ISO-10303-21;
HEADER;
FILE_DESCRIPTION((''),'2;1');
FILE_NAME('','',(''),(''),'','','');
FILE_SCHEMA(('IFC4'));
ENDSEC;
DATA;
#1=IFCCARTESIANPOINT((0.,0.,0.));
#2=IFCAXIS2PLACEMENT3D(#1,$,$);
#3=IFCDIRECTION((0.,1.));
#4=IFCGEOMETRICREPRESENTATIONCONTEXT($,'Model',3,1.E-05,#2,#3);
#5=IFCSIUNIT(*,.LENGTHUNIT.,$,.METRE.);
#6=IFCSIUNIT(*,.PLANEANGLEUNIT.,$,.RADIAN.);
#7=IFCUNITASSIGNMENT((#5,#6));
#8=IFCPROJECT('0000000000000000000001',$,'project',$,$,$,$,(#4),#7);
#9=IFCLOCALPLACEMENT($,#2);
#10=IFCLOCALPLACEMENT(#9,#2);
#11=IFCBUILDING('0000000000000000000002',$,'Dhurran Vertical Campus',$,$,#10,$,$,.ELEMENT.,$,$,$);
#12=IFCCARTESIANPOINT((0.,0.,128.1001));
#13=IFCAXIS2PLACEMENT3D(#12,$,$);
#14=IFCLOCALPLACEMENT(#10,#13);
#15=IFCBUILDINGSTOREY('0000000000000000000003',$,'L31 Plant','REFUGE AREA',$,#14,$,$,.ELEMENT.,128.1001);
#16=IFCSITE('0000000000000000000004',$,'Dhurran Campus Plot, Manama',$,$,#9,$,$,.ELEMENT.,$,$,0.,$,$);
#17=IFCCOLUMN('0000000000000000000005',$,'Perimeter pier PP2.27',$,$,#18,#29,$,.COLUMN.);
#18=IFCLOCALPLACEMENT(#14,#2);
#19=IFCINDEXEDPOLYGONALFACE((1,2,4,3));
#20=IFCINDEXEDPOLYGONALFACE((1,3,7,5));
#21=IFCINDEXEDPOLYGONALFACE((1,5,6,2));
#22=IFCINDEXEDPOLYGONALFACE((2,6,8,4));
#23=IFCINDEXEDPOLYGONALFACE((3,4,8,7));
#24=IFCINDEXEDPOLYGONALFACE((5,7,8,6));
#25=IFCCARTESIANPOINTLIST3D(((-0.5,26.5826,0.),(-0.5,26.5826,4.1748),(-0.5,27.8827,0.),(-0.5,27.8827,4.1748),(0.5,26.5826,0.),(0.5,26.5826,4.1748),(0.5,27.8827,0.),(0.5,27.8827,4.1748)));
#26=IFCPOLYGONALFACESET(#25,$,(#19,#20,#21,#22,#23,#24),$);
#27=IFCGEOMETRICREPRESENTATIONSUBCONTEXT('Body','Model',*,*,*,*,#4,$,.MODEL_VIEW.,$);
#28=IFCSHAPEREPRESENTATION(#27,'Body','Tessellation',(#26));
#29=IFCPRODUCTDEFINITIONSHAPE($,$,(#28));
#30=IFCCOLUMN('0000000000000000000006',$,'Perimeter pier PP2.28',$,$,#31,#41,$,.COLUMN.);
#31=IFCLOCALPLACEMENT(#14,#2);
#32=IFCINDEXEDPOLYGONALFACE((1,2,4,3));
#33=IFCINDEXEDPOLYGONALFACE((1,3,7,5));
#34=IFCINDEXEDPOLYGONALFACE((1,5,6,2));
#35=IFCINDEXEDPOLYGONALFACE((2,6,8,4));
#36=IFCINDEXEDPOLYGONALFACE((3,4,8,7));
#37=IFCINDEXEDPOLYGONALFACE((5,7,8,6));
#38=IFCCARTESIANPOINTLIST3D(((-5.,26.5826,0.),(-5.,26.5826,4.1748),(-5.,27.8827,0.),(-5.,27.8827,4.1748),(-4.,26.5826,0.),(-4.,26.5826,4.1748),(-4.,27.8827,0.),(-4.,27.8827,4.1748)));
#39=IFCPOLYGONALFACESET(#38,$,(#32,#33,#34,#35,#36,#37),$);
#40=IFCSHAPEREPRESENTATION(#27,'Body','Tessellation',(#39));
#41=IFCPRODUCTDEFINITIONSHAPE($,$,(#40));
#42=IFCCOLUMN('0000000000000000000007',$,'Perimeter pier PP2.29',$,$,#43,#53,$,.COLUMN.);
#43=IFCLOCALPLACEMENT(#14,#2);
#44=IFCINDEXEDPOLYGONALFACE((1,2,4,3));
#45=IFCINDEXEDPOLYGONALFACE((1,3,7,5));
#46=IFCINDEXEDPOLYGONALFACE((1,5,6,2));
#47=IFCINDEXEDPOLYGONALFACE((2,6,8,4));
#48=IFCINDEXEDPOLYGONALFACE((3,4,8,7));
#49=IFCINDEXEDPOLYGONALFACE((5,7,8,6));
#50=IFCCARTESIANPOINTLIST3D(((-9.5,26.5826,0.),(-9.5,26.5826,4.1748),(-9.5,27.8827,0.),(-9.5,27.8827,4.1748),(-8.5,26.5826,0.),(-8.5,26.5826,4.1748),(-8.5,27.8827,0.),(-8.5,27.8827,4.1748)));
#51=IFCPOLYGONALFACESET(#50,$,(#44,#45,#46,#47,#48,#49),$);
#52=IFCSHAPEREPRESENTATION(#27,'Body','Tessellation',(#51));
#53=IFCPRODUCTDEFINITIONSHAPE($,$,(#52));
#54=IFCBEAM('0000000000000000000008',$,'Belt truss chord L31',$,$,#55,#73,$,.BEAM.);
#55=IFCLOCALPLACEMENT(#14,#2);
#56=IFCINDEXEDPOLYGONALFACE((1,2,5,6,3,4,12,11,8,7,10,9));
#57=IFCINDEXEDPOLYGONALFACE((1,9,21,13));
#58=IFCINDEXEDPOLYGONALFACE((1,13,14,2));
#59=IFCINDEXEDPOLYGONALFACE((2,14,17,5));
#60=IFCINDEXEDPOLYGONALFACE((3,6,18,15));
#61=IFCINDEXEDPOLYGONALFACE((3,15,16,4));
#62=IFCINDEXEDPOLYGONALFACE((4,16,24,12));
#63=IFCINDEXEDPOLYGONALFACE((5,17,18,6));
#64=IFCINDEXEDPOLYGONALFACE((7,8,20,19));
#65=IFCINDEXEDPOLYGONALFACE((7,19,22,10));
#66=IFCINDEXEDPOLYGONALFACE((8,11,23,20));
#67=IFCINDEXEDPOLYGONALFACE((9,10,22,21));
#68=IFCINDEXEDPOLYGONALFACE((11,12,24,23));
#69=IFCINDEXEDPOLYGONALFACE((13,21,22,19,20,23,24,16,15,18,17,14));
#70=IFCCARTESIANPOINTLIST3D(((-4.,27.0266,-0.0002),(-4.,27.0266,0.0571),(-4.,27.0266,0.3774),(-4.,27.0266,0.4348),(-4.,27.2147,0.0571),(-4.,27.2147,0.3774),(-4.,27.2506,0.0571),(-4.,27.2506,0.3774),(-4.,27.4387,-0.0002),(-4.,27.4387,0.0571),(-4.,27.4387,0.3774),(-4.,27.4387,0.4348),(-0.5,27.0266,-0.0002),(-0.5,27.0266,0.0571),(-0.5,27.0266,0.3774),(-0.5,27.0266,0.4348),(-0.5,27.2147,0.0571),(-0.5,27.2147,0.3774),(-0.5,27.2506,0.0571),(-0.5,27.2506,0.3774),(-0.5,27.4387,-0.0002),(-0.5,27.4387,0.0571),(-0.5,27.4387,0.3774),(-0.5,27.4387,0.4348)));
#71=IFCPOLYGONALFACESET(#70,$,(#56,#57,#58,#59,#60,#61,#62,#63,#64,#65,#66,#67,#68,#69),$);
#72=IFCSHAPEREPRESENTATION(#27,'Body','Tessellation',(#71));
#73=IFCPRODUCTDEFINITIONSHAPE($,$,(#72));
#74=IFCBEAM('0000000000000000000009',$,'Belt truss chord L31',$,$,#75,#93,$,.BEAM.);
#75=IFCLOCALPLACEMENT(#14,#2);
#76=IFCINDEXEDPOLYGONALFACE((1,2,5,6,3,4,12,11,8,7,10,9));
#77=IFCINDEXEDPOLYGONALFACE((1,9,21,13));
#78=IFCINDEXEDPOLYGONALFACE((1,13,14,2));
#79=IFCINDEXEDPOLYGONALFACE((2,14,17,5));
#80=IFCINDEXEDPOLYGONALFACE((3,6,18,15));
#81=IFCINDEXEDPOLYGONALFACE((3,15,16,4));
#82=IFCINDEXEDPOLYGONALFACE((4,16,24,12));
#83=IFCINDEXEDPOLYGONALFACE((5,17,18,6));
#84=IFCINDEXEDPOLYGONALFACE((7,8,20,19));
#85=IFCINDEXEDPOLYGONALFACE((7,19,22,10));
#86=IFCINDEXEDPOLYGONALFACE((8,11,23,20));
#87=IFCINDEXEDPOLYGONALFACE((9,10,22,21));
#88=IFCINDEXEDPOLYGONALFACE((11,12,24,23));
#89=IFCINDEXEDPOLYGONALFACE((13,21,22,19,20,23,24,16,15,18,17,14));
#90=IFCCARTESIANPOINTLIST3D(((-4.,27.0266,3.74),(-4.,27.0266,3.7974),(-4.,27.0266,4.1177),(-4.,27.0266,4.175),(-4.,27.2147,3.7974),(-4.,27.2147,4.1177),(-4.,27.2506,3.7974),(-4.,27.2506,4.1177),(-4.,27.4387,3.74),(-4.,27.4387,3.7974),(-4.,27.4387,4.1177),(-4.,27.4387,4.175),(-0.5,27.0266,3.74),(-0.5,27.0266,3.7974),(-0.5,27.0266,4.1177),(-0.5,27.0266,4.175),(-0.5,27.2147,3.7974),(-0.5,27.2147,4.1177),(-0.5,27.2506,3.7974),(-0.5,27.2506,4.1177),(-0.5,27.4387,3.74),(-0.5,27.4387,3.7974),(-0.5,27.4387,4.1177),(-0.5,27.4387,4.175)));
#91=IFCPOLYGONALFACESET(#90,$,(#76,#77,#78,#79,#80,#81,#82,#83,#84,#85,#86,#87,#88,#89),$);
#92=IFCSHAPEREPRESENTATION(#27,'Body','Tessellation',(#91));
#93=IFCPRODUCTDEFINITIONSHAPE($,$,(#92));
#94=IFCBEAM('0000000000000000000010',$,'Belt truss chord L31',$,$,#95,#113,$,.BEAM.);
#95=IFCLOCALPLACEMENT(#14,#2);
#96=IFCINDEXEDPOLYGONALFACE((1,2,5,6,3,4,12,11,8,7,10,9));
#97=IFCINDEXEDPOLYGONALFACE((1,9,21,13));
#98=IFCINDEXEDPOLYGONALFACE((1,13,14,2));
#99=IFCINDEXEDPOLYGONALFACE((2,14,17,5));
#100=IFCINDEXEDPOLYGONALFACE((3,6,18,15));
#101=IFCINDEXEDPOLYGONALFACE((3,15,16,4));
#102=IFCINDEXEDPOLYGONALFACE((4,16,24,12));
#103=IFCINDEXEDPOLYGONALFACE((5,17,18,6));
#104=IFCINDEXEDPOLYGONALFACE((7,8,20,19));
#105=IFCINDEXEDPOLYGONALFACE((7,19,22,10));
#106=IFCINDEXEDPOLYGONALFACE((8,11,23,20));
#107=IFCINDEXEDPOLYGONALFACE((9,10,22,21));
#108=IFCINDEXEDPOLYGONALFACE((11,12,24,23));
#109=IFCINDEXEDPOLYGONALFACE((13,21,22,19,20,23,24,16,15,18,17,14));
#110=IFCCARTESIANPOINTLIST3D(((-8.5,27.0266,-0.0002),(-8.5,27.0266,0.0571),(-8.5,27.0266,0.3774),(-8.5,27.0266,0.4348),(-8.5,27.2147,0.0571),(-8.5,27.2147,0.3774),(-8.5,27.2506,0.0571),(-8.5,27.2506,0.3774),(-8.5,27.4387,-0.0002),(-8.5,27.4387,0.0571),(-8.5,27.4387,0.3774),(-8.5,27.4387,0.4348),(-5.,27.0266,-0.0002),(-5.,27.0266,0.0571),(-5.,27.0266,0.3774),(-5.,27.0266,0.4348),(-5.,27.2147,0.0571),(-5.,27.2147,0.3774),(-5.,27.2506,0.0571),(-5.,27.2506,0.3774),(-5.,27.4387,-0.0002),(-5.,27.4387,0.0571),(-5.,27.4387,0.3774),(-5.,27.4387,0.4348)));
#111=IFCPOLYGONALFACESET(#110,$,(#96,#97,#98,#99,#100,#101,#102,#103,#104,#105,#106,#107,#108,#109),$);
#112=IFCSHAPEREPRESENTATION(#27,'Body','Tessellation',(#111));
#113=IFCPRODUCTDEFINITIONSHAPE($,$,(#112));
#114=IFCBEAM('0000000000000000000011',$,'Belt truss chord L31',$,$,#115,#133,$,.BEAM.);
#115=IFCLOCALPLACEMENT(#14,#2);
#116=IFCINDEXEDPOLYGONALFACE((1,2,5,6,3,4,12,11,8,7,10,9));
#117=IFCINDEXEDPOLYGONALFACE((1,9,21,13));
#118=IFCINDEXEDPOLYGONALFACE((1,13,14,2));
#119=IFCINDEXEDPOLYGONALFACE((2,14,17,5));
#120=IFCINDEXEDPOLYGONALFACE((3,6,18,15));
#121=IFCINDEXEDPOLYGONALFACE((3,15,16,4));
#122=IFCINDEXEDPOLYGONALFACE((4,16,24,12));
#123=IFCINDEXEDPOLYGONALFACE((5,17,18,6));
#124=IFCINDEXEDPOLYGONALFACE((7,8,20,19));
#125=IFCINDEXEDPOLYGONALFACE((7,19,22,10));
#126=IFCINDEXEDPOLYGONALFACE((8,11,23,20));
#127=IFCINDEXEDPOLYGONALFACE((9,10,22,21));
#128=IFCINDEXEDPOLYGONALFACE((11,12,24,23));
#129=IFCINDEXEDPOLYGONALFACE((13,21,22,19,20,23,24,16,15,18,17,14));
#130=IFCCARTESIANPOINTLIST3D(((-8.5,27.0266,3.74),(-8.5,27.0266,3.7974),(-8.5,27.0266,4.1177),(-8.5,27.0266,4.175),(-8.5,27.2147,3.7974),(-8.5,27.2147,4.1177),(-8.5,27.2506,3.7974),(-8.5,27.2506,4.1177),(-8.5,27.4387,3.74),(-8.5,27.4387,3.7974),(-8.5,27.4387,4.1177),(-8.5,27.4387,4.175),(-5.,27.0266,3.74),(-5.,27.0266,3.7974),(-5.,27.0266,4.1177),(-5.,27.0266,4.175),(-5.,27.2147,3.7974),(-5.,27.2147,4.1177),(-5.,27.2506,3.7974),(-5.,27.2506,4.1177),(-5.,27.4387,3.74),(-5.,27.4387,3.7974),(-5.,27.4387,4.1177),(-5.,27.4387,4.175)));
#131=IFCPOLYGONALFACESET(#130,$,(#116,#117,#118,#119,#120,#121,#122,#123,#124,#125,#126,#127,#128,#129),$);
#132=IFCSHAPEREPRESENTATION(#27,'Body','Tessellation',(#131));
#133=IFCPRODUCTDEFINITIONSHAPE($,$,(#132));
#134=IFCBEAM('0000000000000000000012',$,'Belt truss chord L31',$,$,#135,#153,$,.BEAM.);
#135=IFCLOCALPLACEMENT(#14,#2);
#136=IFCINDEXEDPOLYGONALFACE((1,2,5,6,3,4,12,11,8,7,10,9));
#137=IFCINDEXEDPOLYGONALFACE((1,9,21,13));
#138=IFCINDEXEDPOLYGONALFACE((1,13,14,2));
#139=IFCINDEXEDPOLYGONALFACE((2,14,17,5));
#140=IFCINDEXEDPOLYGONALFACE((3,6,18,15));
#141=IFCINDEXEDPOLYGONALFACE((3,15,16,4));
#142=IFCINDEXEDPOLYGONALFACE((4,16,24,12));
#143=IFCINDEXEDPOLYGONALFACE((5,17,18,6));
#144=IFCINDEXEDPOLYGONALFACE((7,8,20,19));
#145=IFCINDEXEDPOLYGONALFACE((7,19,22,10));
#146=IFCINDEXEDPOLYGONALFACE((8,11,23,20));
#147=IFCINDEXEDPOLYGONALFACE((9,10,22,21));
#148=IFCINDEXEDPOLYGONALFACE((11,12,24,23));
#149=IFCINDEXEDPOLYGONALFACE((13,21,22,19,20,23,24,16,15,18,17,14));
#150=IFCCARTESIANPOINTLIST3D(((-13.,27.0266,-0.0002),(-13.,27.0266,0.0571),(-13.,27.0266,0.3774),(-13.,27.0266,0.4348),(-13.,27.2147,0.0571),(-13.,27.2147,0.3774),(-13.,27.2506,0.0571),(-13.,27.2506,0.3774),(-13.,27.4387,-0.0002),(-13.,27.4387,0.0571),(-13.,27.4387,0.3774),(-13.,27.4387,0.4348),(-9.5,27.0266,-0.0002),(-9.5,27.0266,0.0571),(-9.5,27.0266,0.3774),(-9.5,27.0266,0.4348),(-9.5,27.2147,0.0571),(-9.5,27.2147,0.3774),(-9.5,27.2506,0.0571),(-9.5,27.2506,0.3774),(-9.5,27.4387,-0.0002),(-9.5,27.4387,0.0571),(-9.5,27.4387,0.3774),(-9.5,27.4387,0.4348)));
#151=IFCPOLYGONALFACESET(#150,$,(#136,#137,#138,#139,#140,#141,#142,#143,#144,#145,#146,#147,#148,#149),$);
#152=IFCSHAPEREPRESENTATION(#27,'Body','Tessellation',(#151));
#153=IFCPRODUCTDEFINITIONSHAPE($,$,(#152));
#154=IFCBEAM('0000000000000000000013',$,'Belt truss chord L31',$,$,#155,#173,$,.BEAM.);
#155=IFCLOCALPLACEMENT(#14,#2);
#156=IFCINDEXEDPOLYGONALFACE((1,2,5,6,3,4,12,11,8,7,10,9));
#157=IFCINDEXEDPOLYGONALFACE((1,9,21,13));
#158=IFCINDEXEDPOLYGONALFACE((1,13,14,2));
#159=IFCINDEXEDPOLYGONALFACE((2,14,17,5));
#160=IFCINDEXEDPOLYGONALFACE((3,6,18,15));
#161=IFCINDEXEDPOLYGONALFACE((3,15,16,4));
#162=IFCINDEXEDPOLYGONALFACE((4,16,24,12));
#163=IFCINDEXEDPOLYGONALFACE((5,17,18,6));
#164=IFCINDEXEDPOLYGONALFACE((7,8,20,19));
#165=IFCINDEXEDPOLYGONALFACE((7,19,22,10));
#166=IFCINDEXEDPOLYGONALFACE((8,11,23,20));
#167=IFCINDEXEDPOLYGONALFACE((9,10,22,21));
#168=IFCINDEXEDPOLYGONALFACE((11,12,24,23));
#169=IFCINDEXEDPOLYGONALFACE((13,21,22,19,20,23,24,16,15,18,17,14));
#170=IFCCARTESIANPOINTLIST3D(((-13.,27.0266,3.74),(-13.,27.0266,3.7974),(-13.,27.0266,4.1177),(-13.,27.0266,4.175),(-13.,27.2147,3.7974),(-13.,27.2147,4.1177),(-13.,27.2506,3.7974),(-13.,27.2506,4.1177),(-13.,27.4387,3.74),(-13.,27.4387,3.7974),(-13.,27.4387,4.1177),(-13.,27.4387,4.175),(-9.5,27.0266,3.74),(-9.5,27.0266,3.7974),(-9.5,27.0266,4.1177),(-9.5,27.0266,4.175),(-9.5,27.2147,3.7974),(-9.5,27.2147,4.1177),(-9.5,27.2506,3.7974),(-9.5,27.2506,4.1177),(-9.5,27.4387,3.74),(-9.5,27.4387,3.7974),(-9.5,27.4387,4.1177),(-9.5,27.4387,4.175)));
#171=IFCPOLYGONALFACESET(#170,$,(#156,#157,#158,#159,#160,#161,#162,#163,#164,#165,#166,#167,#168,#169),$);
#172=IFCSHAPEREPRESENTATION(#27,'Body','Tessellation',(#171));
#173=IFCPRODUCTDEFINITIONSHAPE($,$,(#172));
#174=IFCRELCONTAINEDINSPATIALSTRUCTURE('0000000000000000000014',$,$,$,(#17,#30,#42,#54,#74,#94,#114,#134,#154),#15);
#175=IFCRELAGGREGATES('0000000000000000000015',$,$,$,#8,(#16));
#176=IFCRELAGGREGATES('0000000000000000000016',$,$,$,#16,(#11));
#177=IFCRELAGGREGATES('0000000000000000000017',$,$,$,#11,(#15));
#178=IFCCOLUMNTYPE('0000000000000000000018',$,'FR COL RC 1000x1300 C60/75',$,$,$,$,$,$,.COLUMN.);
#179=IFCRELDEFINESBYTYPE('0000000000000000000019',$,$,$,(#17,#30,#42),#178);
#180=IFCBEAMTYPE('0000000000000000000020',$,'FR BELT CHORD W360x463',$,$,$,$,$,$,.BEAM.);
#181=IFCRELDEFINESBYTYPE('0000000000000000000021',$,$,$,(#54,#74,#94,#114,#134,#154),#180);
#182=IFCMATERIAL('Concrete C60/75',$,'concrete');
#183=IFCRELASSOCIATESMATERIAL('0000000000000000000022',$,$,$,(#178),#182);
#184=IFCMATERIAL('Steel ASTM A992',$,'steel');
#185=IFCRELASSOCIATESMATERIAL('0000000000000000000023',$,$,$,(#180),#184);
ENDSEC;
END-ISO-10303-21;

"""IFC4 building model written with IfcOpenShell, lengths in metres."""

from ifc_helpers import new_model, si_unit, direction, frame, origin, origin_2d, place, context, subcontext, project, spatial, rectangle, i_section, extrude, material, material_profile, profile_set, type_object, element, save


model = new_model("IFC4")

# Units and contexts
model_context = context("Model", 3, precision=1e-05, world=origin(), true_north=direction((0.0, 1.0)))
body_context = subcontext(model_context, "Body", "Model", "MODEL_VIEW")
ifc_project = project(units=[si_unit("LENGTHUNIT", "METRE"), si_unit("PLANEANGLEUNIT", "RADIAN")], contexts=[model_context])

# Site, building, storey
site_placement = place(None, origin())
site = spatial("IfcSite", under=ifc_project, at=site_placement, Name="Dhurran Campus Plot, Manama", CompositionType="ELEMENT", RefElevation=0.0)
building_placement = place(site_placement, origin())
building = spatial("IfcBuilding", under=site, at=building_placement, Name="Dhurran Vertical Campus", CompositionType="ELEMENT")
storey_placement = place(building_placement, frame((0.0, 0.0, 128.1001)))
storey = spatial("IfcBuildingStorey", under=building, at=storey_placement, Name="L31 Plant", Description="REFUGE AREA", CompositionType="ELEMENT", Elevation=128.1001)

# Columns
ifc_material_1 = material(Name="Concrete C60/75", Category="concrete")
ifc_material_profile_1 = material_profile(ifc_material_1, rectangle(XDim=1.0, YDim=1.3, at=origin_2d()), Name="RC 1000x1300")
ifc_profile_set_1 = profile_set([ifc_material_profile_1], Name="Concrete C60/75")
column_type = type_object("IfcColumnType", Name="FR COL RC 1000x1300 C60/75", PredefinedType="COLUMN", material=ifc_profile_set_1)
for number, where, z_axis, x_axis, name in (
    (1, (0.0, 27.2327, 0.0), (0.0, 0.0, 1.0), (-1.0, 0.0, 0.0), "Perimeter pier PP2.27"),
    (2, (-4.5, 27.2327, 0.0), (0.0, 0.0, 1.0), (-1.0, 0.0, 0.0), "Perimeter pier PP2.28"),
    (3, (-9.0, 27.2327, 0.0), (0.0, 0.0, 1.0), (-1.0, 0.0, 0.0), "Perimeter pier PP2.29"),
):
    element("IfcColumn", number, at=place(storey_placement, frame(where, z_axis=z_axis, x_axis=x_axis)), inside=storey, type_object=column_type, Name=name, PredefinedType="COLUMN", context=body_context, shape_type="SweptSolid", body=[
        extrude(rectangle(XDim=1.0, YDim=1.3, at=origin_2d()), origin(), (0.0, 0.0, 1.0), 4.1748),
    ])

# Beams
ifc_material_2 = material(Name="Steel ASTM A992", Category="steel")
ifc_material_profile_2 = material_profile(ifc_material_2, i_section(OverallWidth=0.4121, OverallDepth=0.4351, WebThickness=0.0359, FlangeThickness=0.0574, at=origin_2d()), Name="W360x463")
ifc_profile_set_2 = profile_set([ifc_material_profile_2], Name="Steel ASTM A992")
beam_type = type_object("IfcBeamType", Name="FR BELT CHORD W360x463", PredefinedType="BEAM", material=ifc_profile_set_2)
for number, where, z_axis, x_axis, name in (
    (4, (-0.5, 27.2327, 0.2173), (-1.0, 0.0, 0.0), (0.0, -1.0, 0.0), "Belt truss chord L31"),
    (5, (-0.5, 27.2327, 3.9575), (-1.0, 0.0, 0.0), (0.0, -1.0, 0.0), "Belt truss chord L31"),
    (6, (-5.0, 27.2327, 0.2173), (-1.0, 0.0, 0.0), (0.0, -1.0, 0.0), "Belt truss chord L31"),
    (7, (-5.0, 27.2327, 3.9575), (-1.0, 0.0, 0.0), (0.0, -1.0, 0.0), "Belt truss chord L31"),
    (8, (-9.5, 27.2327, 0.2173), (-1.0, 0.0, 0.0), (0.0, -1.0, 0.0), "Belt truss chord L31"),
    (9, (-9.5, 27.2327, 3.9575), (-1.0, 0.0, 0.0), (0.0, -1.0, 0.0), "Belt truss chord L31"),
):
    element("IfcBeam", number, at=place(storey_placement, frame(where, z_axis=z_axis, x_axis=x_axis)), inside=storey, type_object=beam_type, Name=name, PredefinedType="BEAM", context=body_context, shape_type="SweptSolid", body=[
        extrude(i_section(OverallWidth=0.4121, OverallDepth=0.4351, WebThickness=0.0359, FlangeThickness=0.0574, at=origin_2d()), origin(), (0.0, 0.0, 1.0), 3.5),
    ])

save(model, "model.ifc")
